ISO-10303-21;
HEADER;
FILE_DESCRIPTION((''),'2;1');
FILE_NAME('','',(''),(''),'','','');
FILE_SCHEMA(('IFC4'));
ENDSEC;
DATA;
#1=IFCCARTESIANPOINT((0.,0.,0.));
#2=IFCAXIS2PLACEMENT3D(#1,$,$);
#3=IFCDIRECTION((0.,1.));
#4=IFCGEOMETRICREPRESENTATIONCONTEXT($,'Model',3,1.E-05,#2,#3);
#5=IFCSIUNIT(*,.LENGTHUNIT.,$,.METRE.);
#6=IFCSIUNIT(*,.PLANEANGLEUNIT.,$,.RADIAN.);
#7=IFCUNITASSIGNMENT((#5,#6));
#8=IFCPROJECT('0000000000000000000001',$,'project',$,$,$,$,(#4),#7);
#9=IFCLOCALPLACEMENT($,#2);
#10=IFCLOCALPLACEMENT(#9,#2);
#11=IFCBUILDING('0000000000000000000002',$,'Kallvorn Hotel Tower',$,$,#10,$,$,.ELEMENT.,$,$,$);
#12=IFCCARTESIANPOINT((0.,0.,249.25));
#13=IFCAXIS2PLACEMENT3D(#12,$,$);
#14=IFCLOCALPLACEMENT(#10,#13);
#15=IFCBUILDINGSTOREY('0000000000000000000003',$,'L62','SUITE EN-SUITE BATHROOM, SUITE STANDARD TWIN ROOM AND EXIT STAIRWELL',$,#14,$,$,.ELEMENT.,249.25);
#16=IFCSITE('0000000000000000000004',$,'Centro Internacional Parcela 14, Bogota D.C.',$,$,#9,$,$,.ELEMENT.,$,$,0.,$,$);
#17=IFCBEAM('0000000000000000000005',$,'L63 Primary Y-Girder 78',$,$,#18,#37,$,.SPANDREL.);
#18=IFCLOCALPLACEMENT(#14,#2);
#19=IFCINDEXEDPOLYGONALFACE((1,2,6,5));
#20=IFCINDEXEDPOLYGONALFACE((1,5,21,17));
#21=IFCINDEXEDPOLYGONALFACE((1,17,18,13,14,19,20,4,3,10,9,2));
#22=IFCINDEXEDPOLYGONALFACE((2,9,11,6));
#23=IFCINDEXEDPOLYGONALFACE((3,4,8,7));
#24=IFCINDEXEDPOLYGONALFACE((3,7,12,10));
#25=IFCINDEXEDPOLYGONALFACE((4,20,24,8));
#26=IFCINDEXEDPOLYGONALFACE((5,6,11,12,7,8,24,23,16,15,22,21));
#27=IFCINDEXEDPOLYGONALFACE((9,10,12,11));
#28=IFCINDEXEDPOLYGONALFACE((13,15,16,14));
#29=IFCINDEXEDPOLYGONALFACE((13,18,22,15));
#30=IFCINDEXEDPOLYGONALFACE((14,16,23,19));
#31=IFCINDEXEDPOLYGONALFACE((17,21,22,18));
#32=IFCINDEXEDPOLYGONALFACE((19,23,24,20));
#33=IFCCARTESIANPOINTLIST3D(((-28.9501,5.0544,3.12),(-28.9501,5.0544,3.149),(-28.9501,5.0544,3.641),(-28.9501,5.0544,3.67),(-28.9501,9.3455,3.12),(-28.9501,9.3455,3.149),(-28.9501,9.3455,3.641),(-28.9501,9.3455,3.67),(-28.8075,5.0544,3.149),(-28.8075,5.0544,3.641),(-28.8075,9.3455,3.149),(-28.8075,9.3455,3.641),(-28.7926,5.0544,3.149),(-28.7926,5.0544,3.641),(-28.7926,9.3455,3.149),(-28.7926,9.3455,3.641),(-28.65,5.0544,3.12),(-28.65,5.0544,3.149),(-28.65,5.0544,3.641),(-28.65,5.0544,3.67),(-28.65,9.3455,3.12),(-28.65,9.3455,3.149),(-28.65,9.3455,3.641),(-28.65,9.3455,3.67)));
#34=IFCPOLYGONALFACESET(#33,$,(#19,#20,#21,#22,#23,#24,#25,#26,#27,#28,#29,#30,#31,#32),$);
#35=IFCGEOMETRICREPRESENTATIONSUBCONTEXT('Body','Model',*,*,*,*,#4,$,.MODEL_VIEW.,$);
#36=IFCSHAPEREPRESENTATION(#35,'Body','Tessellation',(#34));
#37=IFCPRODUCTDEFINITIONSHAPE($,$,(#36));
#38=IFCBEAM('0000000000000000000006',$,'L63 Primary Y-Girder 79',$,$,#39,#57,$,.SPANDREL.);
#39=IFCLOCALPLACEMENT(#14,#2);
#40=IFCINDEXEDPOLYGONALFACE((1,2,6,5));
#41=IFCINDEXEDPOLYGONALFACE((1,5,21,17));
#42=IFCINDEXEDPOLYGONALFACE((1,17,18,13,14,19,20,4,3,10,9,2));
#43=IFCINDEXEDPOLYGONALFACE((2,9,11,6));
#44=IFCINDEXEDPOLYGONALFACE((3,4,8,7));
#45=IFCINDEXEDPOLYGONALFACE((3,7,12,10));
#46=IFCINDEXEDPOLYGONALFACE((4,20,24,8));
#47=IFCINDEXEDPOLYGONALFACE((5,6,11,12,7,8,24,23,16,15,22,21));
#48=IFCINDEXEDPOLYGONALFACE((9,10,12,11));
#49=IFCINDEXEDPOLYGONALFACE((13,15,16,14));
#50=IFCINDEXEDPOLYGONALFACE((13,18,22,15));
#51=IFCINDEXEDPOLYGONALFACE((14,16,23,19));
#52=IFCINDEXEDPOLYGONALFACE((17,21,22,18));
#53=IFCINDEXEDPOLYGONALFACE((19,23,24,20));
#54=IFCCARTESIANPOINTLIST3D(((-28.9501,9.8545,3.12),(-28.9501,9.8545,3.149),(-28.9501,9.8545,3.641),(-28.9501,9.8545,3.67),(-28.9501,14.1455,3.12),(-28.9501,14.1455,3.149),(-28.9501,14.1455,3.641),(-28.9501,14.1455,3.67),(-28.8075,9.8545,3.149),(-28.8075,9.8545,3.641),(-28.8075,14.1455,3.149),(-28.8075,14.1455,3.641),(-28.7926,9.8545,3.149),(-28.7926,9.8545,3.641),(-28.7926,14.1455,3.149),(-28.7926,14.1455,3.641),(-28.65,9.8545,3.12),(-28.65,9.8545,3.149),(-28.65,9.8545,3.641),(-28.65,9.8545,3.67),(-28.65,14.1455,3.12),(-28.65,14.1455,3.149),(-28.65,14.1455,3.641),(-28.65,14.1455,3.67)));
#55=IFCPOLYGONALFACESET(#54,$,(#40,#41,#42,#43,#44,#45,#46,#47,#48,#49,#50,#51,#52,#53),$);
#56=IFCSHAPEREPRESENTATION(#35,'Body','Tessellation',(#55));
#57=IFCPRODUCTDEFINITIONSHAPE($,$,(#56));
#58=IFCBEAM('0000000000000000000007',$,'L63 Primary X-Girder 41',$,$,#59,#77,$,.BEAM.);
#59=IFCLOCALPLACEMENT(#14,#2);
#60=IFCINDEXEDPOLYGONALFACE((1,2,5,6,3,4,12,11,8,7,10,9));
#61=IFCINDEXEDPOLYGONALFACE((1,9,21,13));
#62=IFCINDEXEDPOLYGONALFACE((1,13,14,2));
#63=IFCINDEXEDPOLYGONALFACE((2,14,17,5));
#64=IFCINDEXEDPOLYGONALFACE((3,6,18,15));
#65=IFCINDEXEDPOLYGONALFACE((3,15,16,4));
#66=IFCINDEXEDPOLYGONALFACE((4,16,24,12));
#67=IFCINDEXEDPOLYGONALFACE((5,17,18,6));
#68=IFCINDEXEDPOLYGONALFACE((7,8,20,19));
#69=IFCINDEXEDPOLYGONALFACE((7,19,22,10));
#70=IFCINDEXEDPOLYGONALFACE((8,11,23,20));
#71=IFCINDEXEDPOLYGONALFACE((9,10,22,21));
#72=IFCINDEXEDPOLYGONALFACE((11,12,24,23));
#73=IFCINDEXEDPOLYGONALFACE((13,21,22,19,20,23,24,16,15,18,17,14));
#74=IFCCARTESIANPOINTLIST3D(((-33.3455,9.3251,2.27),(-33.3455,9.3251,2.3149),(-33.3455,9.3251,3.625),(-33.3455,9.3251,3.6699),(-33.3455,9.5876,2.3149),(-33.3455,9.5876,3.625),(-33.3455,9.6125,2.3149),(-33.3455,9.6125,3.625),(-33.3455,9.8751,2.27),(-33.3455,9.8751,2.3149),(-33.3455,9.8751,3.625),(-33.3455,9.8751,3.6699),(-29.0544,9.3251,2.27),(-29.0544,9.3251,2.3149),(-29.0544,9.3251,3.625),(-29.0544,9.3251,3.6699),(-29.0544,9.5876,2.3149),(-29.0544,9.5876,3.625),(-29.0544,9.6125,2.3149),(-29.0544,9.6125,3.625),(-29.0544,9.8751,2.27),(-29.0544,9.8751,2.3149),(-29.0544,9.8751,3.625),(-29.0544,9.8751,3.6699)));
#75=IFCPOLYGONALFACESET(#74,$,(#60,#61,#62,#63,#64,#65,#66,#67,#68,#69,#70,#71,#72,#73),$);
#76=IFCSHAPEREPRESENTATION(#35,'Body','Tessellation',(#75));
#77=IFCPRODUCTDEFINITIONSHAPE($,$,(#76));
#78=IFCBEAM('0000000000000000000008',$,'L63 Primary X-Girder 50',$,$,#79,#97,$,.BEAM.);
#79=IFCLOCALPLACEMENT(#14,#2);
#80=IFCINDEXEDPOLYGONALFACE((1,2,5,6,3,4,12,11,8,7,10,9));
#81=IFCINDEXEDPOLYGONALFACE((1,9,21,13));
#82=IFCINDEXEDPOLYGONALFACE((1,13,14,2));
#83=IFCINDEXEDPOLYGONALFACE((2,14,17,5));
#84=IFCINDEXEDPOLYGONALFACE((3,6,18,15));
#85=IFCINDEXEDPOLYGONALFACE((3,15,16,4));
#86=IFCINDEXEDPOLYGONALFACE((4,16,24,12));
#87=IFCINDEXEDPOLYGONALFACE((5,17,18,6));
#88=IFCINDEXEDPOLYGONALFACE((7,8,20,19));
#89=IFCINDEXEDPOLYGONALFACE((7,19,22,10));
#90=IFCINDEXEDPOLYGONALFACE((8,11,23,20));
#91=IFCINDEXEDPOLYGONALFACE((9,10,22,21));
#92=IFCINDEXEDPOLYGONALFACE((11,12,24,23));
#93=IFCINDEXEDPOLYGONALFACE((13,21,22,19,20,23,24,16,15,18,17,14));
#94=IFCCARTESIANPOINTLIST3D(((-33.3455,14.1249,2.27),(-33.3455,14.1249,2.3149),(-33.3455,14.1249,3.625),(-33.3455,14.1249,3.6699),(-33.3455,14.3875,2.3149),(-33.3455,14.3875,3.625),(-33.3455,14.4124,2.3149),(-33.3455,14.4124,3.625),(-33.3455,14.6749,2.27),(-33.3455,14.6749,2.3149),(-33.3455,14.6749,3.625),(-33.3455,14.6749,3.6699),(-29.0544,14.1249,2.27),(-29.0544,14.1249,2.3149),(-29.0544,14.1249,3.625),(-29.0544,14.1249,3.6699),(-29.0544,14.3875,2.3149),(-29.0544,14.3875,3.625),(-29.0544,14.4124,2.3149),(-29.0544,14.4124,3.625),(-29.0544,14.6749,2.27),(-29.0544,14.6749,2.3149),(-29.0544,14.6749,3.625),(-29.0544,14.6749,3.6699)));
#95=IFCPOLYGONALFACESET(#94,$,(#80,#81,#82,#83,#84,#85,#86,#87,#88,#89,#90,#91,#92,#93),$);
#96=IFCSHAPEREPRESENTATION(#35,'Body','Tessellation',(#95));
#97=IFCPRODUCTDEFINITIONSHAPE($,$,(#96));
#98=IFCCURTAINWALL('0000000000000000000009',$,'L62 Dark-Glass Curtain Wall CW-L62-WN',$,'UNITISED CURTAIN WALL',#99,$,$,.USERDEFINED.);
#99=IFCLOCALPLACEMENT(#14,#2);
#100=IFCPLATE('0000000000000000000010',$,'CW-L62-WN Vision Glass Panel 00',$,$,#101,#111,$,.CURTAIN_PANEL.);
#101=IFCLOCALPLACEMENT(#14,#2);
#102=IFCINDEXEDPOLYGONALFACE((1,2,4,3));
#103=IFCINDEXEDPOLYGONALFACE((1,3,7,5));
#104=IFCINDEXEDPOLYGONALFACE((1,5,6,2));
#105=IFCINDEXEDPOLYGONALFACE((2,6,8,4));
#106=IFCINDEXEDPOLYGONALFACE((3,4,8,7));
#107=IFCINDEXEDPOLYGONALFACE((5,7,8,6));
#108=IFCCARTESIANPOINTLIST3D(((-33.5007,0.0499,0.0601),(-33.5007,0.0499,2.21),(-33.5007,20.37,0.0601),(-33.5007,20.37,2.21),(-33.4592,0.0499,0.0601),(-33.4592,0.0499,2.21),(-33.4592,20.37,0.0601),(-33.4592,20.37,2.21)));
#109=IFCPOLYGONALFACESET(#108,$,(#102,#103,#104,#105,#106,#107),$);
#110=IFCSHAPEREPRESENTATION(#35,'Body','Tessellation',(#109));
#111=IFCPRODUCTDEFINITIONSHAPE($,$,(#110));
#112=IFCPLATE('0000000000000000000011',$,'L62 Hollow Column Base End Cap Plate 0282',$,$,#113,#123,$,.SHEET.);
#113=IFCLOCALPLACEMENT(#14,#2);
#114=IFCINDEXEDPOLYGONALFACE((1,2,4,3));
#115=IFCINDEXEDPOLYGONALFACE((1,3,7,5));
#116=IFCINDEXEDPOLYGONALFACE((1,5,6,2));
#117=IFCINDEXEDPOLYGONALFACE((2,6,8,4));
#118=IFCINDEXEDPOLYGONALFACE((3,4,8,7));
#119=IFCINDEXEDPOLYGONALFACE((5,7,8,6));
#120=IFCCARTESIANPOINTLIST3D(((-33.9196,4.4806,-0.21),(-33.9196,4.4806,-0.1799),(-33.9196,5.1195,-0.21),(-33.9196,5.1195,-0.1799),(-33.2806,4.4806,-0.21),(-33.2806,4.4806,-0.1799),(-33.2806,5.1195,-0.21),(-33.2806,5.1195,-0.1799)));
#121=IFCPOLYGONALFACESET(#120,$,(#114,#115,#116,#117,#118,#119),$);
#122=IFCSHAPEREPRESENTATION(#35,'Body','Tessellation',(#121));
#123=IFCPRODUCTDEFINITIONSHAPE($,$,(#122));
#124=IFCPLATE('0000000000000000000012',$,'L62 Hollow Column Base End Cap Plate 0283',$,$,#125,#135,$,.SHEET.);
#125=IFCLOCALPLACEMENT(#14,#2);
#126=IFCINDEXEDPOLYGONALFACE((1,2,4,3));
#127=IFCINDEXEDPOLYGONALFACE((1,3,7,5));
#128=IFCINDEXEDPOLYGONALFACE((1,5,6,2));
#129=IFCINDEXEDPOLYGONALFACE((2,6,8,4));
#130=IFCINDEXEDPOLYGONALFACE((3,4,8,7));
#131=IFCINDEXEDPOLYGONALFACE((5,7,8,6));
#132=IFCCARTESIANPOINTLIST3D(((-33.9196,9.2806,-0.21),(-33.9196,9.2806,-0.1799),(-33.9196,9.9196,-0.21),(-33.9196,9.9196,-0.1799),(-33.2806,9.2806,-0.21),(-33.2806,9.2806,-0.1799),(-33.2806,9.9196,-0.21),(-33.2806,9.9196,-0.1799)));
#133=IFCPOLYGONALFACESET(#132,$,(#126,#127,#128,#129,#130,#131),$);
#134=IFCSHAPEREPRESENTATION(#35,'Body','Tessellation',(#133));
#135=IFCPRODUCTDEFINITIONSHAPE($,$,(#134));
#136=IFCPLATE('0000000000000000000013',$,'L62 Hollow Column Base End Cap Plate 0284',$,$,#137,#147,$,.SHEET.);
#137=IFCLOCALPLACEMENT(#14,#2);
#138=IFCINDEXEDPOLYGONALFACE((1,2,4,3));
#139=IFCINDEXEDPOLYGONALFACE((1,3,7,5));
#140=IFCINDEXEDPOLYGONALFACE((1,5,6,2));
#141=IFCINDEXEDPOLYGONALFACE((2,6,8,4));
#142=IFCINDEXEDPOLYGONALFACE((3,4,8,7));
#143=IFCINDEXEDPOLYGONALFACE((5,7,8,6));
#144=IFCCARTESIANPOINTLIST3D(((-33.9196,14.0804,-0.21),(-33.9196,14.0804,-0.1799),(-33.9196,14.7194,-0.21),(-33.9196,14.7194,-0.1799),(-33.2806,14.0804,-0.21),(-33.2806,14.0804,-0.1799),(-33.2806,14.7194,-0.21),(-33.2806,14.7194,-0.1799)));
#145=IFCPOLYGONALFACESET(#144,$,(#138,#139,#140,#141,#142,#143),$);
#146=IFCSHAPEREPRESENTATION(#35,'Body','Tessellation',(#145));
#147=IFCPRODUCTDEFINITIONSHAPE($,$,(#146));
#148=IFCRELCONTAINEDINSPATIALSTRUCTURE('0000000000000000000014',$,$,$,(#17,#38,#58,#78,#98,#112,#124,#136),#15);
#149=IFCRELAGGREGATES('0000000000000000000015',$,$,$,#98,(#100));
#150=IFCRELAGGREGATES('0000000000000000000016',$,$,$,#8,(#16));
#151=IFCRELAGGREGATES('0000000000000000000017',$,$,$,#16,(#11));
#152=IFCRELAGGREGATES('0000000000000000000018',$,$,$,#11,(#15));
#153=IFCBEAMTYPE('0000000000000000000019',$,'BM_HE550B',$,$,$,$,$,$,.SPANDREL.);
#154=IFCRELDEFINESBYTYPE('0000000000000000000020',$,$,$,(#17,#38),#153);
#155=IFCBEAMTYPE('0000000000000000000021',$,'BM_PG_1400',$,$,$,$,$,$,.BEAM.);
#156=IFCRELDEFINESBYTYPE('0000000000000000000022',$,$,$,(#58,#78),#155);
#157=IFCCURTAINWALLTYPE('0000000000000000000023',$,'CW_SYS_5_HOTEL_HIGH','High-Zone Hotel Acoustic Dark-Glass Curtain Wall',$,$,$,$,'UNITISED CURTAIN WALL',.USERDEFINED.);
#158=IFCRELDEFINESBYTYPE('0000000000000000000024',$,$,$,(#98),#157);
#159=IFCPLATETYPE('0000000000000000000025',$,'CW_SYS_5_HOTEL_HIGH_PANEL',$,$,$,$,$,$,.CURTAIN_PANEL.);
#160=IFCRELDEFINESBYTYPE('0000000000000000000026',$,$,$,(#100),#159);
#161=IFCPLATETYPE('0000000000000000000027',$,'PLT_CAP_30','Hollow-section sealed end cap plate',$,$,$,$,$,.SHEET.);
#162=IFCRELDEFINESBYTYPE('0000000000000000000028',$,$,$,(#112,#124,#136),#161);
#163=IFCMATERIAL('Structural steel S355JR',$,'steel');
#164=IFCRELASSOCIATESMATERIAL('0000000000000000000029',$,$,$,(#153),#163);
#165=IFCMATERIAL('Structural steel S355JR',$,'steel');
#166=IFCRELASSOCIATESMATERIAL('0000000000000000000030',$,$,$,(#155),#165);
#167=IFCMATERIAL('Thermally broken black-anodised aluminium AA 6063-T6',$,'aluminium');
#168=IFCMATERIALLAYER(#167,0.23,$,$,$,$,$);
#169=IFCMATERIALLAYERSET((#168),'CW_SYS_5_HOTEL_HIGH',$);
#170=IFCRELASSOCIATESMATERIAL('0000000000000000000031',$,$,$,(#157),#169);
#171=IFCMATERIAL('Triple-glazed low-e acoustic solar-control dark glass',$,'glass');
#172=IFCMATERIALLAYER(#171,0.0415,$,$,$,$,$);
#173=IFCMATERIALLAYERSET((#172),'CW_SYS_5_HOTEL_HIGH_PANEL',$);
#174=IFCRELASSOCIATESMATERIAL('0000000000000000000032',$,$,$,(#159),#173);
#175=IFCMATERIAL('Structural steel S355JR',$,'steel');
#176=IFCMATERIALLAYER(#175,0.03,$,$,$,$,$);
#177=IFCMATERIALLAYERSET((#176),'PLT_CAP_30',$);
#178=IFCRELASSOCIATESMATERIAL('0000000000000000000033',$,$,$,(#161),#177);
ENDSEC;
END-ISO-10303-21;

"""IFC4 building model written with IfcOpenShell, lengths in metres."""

from ifc_helpers import new_model, si_unit, direction, frame, origin, origin_2d, place, context, subcontext, project, spatial, rectangle, i_section, extrude, material, layer, layer_set, material_profile, profile_set, type_object, element, aggregate, save


model = new_model("IFC4")

# Units and contexts
model_context = context("Model", 3, precision=1e-05, world=origin(), true_north=direction((0.0, 1.0)))
body_context = subcontext(model_context, "Body", "Model", "MODEL_VIEW")
ifc_project = project(units=[si_unit("LENGTHUNIT", "METRE"), si_unit("PLANEANGLEUNIT", "RADIAN")], contexts=[model_context])

# Site, building, storey
site_placement = place(None, origin())
site = spatial("IfcSite", under=ifc_project, at=site_placement, Name="Centro Internacional Parcela 14, Bogota D.C.", CompositionType="ELEMENT", RefElevation=0.0)
building_placement = place(site_placement, origin())
building = spatial("IfcBuilding", under=site, at=building_placement, Name="Kallvorn Hotel Tower", CompositionType="ELEMENT")
storey_placement = place(building_placement, frame((0.0, 0.0, 249.25)))
storey = spatial("IfcBuildingStorey", under=building, at=storey_placement, Name="L62", Description="SUITE EN-SUITE BATHROOM, SUITE STANDARD TWIN ROOM AND EXIT STAIRWELL", CompositionType="ELEMENT", Elevation=249.25)

# Beams
ifc_material_1 = material(Name="Structural steel S355JR", Category="steel")
ifc_material_profile_1 = material_profile(ifc_material_1, i_section(OverallWidth=0.3, OverallDepth=0.55, WebThickness=0.0149, FlangeThickness=0.0291, at=origin_2d()), Name="HE 550 B")
ifc_profile_set_1 = profile_set([ifc_material_profile_1], Name="Structural steel S355JR")
beam_type_1 = type_object("IfcBeamType", Name="BM_HE550B", PredefinedType="SPANDREL", material=ifc_profile_set_1)
for number, where, z_axis, x_axis, name in (
    (1, (-28.8, 5.0544, 3.395), (0.0, 1.0, 0.0), (-1.0, 0.0, 0.0), "L63 Primary Y-Girder 78"),
    (2, (-28.8, 9.8545, 3.395), (0.0, 1.0, 0.0), (-1.0, 0.0, 0.0), "L63 Primary Y-Girder 79"),
):
    element("IfcBeam", number, at=place(storey_placement, frame(where, z_axis=z_axis, x_axis=x_axis)), inside=storey, type_object=beam_type_1, Name=name, PredefinedType="SPANDREL", context=body_context, shape_type="SweptSolid", body=[
        extrude(i_section(OverallWidth=0.3, OverallDepth=0.55, WebThickness=0.0149, FlangeThickness=0.0291, at=origin_2d()), origin(), (0.0, 0.0, 1.0), 4.291),
    ])
ifc_material_2 = material(Name="Structural steel S355JR", Category="steel")
ifc_material_profile_2 = material_profile(ifc_material_2, i_section(OverallWidth=0.55, OverallDepth=1.3999, WebThickness=0.0249, FlangeThickness=0.0449, at=origin_2d()), Name="PG 1400x550x25x45")
ifc_profile_set_2 = profile_set([ifc_material_profile_2], Name="Structural steel S355JR")
beam_type_2 = type_object("IfcBeamType", Name="BM_PG_1400", PredefinedType="BEAM", material=ifc_profile_set_2)
for number, where, z_axis, x_axis, name in (
    (3, (-33.3455, 9.6001, 2.97), (1.0, 0.0, 0.0), (0.0, 1.0, 0.0), "L63 Primary X-Girder 41"),
    (4, (-33.3455, 14.3999, 2.97), (1.0, 0.0, 0.0), (0.0, 1.0, 0.0), "L63 Primary X-Girder 50"),
):
    element("IfcBeam", number, at=place(storey_placement, frame(where, z_axis=z_axis, x_axis=x_axis)), inside=storey, type_object=beam_type_2, Name=name, PredefinedType="BEAM", context=body_context, shape_type="SweptSolid", body=[
        extrude(i_section(OverallWidth=0.55, OverallDepth=1.3999, WebThickness=0.0249, FlangeThickness=0.0449, at=origin_2d()), origin(), (0.0, 0.0, 1.0), 4.291),
    ])

# Curtain wall, plate
ifc_material_3 = material(Name="Thermally broken black-anodised aluminium AA 6063-T6", Category="aluminium")
ifc_layer_1 = layer(ifc_material_3, 0.23)
ifc_layer_set_1 = layer_set([ifc_layer_1], Name="CW_SYS_5_HOTEL_HIGH")
curtain_wall_type = type_object("IfcCurtainWallType", Name="CW_SYS_5_HOTEL_HIGH", Description="High-Zone Hotel Acoustic Dark-Glass Curtain Wall", ElementType="UNITISED CURTAIN WALL", PredefinedType="USERDEFINED", material=ifc_layer_set_1)
curtain_wall_placement = place(storey_placement, origin())
curtain_wall = element("IfcCurtainWall", 5, at=curtain_wall_placement, inside=storey, type_object=curtain_wall_type, Name="L62 Dark-Glass Curtain Wall CW-L62-WN", ObjectType="UNITISED CURTAIN WALL", PredefinedType="USERDEFINED")
ifc_material_4 = material(Name="Triple-glazed low-e acoustic solar-control dark glass", Category="glass")
ifc_layer_2 = layer(ifc_material_4, 0.0415)
ifc_layer_set_2 = layer_set([ifc_layer_2], Name="CW_SYS_5_HOTEL_HIGH_PANEL")
plate_type_1 = type_object("IfcPlateType", Name="CW_SYS_5_HOTEL_HIGH_PANEL", PredefinedType="CURTAIN_PANEL", material=ifc_layer_set_2)
plate_placement = place(storey_placement, frame((-33.48, 10.21, 0.0601), z_axis=(0.0, 0.0, 1.0), x_axis=(0.0, 1.0, 0.0)))
plate = element("IfcPlate", 6, at=plate_placement, type_object=plate_type_1, Name="CW-L62-WN Vision Glass Panel 00", PredefinedType="CURTAIN_PANEL", context=body_context, shape_type="SweptSolid", body=[
    extrude(rectangle(XDim=20.3201, YDim=0.0415, at=origin_2d()), origin(), (0.0, 0.0, 1.0), 2.1499),
])
aggregate(curtain_wall, [plate])

# Plates
ifc_material_5 = material(Name="Structural steel S355JR", Category="steel")
ifc_layer_3 = layer(ifc_material_5, 0.03)
ifc_layer_set_3 = layer_set([ifc_layer_3], Name="PLT_CAP_30")
plate_type_2 = type_object("IfcPlateType", Name="PLT_CAP_30", Description="Hollow-section sealed end cap plate", PredefinedType="SHEET", material=ifc_layer_set_3)
for number, where, z_axis, x_axis, name in (
    (7, (-33.6001, 4.8, -0.21), (0.0, 0.0, 1.0), (1.0, 0.0, 0.0), "L62 Hollow Column Base End Cap Plate 0282"),
    (8, (-33.6001, 9.6001, -0.21), (0.0, 0.0, 1.0), (1.0, 0.0, 0.0), "L62 Hollow Column Base End Cap Plate 0283"),
    (9, (-33.6001, 14.3999, -0.21), (0.0, 0.0, 1.0), (1.0, 0.0, 0.0), "L62 Hollow Column Base End Cap Plate 0284"),
):
    element("IfcPlate", number, at=place(storey_placement, frame(where, z_axis=z_axis, x_axis=x_axis)), inside=storey, type_object=plate_type_2, Name=name, PredefinedType="SHEET", context=body_context, shape_type="SweptSolid", body=[
        extrude(rectangle(XDim=0.6389, YDim=0.6389, at=origin_2d()), origin(), (0.0, 0.0, 1.0), 0.03),
    ])

save(model, "model.ifc")
